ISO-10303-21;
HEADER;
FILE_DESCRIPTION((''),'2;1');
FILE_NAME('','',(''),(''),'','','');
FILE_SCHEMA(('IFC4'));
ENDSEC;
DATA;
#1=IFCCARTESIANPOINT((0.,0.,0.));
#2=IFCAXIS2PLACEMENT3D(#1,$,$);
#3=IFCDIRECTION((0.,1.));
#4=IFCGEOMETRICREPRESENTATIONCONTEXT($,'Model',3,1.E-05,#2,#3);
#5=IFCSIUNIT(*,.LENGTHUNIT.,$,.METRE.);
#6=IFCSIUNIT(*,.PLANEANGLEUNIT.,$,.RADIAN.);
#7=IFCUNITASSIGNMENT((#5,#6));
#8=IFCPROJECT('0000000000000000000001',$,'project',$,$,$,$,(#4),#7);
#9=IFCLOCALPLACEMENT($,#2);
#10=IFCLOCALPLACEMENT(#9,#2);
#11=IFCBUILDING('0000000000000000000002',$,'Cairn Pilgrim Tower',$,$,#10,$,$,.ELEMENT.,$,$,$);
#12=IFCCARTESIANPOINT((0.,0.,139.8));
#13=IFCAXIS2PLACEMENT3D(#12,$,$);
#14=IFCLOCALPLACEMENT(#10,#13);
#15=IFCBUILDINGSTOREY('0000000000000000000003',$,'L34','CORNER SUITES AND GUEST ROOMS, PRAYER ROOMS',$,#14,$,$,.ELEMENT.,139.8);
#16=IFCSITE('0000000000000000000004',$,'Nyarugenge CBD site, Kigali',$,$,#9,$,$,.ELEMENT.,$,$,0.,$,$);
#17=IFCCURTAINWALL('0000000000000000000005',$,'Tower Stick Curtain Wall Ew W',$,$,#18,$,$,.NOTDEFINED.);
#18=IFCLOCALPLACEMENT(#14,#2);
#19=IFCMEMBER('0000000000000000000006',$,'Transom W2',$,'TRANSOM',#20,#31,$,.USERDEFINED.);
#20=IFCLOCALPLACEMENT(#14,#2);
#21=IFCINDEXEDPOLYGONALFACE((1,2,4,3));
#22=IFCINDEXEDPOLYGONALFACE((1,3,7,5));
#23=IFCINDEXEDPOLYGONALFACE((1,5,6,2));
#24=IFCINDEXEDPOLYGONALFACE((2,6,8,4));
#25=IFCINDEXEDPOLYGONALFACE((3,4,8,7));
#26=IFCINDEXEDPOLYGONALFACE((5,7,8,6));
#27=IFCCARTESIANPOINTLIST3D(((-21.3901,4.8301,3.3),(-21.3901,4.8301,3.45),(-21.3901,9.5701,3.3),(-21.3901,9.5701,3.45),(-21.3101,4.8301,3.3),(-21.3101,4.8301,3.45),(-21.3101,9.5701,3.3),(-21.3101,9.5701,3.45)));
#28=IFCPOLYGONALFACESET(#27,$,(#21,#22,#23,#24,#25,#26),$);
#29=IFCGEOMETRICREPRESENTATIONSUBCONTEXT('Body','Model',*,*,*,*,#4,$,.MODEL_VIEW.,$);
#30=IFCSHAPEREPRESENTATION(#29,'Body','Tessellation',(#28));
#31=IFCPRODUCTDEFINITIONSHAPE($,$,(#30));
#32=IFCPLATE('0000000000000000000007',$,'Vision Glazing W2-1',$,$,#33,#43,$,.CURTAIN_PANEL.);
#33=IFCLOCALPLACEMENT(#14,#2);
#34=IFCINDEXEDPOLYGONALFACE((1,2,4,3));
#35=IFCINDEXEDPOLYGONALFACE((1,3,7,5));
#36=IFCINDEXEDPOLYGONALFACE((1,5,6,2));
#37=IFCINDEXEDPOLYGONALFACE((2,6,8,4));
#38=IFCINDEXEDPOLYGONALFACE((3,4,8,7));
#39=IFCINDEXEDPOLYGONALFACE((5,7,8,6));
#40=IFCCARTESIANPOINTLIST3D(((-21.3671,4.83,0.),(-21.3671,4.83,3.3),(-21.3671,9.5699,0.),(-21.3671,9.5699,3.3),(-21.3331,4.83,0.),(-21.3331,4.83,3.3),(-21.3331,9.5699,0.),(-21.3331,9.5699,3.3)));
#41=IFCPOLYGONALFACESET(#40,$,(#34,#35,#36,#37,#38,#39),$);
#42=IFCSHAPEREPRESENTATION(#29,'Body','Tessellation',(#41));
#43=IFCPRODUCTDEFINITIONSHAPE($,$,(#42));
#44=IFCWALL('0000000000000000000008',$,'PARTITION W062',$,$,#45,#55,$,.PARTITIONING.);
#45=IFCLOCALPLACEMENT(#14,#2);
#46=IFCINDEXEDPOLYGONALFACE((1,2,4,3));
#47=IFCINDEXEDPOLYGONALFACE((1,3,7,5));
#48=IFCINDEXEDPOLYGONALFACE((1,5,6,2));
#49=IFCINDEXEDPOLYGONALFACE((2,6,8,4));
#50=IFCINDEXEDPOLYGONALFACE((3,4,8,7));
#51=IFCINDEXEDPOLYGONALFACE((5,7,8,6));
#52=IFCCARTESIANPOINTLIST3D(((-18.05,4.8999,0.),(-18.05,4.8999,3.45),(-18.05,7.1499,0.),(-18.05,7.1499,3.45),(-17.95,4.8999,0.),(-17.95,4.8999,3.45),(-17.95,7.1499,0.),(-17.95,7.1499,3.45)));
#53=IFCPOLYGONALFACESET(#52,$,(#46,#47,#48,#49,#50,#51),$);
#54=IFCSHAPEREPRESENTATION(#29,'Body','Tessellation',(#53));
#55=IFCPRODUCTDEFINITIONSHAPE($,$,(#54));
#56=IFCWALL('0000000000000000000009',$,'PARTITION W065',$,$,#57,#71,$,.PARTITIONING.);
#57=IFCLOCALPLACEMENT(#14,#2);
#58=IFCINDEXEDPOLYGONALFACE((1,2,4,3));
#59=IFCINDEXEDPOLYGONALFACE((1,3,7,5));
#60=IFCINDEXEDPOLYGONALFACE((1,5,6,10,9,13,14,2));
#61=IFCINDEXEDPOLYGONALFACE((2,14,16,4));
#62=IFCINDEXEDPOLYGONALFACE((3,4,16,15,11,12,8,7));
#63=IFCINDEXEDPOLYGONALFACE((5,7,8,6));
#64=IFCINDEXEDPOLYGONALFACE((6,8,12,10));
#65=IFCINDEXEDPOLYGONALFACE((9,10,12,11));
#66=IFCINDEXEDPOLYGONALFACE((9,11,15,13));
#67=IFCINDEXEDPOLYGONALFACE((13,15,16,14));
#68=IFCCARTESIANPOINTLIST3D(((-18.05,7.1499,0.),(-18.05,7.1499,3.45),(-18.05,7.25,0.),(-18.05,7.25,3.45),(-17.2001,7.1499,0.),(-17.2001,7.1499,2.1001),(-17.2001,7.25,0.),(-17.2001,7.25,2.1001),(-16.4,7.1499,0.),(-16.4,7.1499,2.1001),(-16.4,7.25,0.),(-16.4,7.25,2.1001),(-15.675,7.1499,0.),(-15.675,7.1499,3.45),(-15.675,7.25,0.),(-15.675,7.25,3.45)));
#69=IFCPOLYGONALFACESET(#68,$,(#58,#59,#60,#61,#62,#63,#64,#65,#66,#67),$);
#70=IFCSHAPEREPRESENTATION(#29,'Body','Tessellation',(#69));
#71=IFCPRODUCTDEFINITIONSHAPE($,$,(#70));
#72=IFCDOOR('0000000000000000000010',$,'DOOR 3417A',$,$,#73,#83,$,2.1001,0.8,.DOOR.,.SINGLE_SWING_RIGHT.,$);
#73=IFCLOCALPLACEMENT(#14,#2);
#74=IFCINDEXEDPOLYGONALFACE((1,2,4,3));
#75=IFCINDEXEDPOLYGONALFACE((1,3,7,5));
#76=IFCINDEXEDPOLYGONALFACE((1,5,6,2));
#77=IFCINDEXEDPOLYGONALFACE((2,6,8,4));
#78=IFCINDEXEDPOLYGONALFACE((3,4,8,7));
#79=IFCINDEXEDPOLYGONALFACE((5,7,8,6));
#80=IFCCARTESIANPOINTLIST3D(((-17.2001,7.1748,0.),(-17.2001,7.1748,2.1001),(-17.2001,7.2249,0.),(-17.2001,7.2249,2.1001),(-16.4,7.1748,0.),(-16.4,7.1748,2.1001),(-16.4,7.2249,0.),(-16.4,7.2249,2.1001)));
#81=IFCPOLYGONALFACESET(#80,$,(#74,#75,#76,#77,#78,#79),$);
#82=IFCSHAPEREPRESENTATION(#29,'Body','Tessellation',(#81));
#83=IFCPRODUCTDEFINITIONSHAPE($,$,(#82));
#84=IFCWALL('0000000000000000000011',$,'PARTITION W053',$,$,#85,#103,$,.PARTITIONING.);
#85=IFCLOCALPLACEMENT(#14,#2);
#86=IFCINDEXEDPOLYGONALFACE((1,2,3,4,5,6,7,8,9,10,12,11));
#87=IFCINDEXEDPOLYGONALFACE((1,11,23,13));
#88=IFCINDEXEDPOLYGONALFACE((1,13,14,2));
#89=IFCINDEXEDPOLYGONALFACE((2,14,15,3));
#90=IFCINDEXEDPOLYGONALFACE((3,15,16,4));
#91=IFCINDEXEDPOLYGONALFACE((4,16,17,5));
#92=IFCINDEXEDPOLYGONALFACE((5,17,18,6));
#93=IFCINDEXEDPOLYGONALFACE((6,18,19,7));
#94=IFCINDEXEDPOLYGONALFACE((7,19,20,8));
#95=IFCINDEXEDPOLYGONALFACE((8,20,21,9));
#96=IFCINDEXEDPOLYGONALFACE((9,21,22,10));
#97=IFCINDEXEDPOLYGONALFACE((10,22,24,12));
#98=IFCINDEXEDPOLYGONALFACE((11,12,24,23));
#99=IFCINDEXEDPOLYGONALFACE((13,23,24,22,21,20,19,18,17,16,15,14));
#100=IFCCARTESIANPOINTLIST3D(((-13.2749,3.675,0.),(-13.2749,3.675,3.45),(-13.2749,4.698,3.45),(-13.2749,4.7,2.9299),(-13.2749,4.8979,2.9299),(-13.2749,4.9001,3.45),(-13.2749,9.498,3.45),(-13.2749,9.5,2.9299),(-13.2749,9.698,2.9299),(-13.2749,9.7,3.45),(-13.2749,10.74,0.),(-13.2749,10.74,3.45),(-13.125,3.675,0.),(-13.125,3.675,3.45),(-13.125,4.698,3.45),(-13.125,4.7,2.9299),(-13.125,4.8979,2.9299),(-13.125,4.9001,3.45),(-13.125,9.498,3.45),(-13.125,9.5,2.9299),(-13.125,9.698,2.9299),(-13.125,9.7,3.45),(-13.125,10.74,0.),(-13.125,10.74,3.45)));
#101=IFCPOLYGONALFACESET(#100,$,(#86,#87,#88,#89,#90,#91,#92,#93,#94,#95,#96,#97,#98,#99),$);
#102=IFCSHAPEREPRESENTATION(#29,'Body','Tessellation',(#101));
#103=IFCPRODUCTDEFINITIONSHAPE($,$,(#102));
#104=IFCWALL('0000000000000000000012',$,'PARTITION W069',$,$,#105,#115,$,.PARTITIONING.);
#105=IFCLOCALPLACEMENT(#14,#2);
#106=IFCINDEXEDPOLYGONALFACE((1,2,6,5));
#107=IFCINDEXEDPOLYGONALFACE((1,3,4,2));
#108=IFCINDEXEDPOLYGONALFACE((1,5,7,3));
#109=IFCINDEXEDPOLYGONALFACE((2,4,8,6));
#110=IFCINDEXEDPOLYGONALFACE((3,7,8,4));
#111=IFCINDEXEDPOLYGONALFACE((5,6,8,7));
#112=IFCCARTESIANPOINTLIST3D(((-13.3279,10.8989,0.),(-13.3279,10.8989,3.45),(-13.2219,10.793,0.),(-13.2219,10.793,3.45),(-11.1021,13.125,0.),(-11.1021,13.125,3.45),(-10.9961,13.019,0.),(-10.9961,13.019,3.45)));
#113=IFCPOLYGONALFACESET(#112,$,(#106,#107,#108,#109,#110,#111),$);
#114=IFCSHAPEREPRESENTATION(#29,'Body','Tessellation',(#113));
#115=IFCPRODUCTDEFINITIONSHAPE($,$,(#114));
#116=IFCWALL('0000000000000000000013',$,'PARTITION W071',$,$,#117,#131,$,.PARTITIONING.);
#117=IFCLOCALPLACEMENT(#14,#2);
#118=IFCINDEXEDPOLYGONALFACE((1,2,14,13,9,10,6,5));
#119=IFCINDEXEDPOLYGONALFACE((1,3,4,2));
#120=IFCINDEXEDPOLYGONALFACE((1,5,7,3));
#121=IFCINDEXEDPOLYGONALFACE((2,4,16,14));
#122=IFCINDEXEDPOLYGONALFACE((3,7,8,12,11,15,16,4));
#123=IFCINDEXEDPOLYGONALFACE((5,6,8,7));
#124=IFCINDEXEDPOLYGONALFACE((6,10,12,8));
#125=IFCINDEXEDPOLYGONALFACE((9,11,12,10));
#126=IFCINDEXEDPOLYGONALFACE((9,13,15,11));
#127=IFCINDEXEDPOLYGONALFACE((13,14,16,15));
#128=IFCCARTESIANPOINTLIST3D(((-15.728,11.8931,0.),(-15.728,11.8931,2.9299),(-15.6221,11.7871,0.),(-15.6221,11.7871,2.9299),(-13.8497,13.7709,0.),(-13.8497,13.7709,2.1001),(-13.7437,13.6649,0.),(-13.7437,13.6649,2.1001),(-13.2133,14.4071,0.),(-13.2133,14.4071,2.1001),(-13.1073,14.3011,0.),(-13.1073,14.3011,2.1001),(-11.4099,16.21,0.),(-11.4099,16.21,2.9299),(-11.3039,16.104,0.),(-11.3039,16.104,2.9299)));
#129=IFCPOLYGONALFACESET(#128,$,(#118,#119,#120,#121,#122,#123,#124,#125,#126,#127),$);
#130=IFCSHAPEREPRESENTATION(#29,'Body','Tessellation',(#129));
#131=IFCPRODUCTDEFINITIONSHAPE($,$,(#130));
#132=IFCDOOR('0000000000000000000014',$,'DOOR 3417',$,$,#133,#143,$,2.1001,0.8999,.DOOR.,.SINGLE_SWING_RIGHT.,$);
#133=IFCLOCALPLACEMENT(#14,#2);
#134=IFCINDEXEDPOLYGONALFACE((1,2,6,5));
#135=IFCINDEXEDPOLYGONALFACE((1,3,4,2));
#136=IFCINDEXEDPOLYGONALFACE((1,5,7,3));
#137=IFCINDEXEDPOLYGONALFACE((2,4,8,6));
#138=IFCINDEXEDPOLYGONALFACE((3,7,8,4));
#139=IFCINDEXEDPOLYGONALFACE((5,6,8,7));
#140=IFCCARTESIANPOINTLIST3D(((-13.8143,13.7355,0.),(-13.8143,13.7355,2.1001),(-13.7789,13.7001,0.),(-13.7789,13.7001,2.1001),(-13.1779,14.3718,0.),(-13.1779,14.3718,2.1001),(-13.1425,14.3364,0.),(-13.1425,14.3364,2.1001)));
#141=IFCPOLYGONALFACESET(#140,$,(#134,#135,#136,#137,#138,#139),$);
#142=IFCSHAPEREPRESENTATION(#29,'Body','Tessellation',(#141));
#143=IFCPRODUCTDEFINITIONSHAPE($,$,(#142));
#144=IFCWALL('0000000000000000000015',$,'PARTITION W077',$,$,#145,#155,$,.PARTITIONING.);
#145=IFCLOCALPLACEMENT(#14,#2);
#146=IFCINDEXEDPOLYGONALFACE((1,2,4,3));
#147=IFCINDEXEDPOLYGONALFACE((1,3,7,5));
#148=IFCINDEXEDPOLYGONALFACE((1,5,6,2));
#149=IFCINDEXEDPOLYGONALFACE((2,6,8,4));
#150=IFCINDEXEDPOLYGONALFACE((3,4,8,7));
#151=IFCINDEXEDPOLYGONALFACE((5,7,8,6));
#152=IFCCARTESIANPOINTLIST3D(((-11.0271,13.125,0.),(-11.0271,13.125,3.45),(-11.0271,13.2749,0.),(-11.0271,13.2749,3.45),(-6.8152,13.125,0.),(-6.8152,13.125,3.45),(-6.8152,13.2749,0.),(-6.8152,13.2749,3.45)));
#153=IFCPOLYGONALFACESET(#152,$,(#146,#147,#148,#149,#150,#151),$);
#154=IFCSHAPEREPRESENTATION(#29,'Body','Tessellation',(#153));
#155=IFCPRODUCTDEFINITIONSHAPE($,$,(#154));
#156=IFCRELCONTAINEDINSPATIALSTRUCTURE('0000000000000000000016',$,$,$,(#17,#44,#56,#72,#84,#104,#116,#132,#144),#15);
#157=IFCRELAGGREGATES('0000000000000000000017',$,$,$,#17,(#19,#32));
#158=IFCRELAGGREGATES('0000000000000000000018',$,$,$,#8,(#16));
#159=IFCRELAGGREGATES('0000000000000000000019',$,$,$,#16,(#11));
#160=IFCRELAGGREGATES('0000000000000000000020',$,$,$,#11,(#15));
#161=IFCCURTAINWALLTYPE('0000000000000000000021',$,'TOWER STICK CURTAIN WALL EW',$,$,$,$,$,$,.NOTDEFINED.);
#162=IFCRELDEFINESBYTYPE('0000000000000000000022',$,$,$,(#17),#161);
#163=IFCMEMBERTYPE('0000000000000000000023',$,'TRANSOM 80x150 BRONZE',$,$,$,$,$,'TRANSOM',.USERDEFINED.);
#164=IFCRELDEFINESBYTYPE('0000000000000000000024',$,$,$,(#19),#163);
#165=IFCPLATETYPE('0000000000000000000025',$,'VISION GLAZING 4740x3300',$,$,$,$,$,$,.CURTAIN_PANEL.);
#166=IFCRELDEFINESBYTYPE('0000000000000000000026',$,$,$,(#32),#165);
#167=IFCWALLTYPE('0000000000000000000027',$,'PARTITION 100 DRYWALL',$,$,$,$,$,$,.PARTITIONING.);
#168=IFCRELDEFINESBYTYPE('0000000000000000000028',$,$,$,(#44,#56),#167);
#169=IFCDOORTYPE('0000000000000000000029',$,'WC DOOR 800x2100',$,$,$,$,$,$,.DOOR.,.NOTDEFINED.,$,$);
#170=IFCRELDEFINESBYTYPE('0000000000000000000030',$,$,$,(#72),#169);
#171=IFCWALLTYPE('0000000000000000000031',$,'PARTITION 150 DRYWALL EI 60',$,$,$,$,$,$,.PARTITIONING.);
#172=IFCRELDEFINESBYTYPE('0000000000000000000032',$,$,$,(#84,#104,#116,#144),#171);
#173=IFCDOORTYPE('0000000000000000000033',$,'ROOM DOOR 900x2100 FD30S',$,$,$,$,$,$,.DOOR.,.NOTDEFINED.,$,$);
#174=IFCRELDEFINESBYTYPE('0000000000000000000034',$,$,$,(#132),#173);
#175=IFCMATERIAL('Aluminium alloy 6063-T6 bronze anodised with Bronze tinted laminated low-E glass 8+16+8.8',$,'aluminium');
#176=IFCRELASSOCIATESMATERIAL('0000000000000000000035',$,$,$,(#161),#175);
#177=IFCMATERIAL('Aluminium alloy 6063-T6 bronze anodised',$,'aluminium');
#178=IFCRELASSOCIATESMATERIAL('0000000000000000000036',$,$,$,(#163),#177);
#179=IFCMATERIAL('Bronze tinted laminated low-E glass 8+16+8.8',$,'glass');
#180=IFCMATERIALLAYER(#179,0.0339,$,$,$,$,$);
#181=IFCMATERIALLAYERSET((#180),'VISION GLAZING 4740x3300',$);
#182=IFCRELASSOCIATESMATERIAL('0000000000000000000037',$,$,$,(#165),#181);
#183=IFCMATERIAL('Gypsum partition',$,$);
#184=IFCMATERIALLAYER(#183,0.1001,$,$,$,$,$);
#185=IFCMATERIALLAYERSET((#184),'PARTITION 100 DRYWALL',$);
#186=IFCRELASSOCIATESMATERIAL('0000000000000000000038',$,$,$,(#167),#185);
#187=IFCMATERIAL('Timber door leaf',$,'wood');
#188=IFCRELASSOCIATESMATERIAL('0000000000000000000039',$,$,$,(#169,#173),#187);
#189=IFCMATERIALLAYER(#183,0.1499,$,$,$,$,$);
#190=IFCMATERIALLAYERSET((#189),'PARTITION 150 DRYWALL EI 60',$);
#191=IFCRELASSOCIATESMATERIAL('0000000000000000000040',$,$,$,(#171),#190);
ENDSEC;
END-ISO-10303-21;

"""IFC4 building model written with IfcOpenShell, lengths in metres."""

from ifc_helpers import new_model, si_unit, direction, frame, frame_2d, origin, origin_2d, place, context, subcontext, project, spatial, polyline, rectangle, outline, extrude, material, layer, layer_set, material_profile, profile_set, type_object, element, fill, aggregate, save


model = new_model("IFC4")

# Units and contexts
model_context = context("Model", 3, precision=1e-05, world=origin(), true_north=direction((0.0, 1.0)))
body_context = subcontext(model_context, "Body", "Model", "MODEL_VIEW")
ifc_project = project(units=[si_unit("LENGTHUNIT", "METRE"), si_unit("PLANEANGLEUNIT", "RADIAN")], contexts=[model_context])

# Site, building, storey
site_placement = place(None, origin())
site = spatial("IfcSite", under=ifc_project, at=site_placement, Name="Nyarugenge CBD site, Kigali", CompositionType="ELEMENT", RefElevation=0.0)
building_placement = place(site_placement, origin())
building = spatial("IfcBuilding", under=site, at=building_placement, Name="Cairn Pilgrim Tower", CompositionType="ELEMENT")
storey_placement = place(building_placement, frame((0.0, 0.0, 139.8)))
storey = spatial("IfcBuildingStorey", under=building, at=storey_placement, Name="L34", Description="CORNER SUITES AND GUEST ROOMS, PRAYER ROOMS", CompositionType="ELEMENT", Elevation=139.8)

# Curtain wall
ifc_material_1 = material(Name="Aluminium alloy 6063-T6 bronze anodised with Bronze tinted laminated low-E glass 8+16+8.8", Category="aluminium")
curtain_wall_type = type_object("IfcCurtainWallType", Name="TOWER STICK CURTAIN WALL EW", PredefinedType="NOTDEFINED", material=ifc_material_1)
curtain_wall_placement = place(storey_placement, origin())
curtain_wall = element("IfcCurtainWall", 1, at=curtain_wall_placement, inside=storey, type_object=curtain_wall_type, Name="Tower Stick Curtain Wall Ew W", PredefinedType="NOTDEFINED")
ifc_material_2 = material(Name="Aluminium alloy 6063-T6 bronze anodised", Category="aluminium")

# Member
ifc_material_profile_1 = material_profile(ifc_material_2, rectangle(XDim=0.0801, YDim=0.1499, at=origin_2d()), Name="TRANSOM 80x150 BRONZE")
ifc_profile_set_1 = profile_set([ifc_material_profile_1], Name="Aluminium alloy 6063-T6 bronze anodised")
member_type_1 = type_object("IfcMemberType", Name="TRANSOM 80x150 BRONZE", ElementType="TRANSOM", PredefinedType="USERDEFINED", material=ifc_profile_set_1)
member_1_placement = place(storey_placement, frame((-21.3501, 9.5701, 3.375), z_axis=(0.0, -1.0, 0.0), x_axis=(1.0, 0.0, 0.0)))
member_1 = element("IfcMember", 2, at=member_1_placement, type_object=member_type_1, Name="Transom W2", ObjectType="TRANSOM", PredefinedType="USERDEFINED", context=body_context, shape_type="SweptSolid", body=[
    extrude(rectangle(XDim=0.0801, YDim=0.1499, at=origin_2d()), origin(), (0.0, 0.0, 1.0), 4.74),
])

# Plate
ifc_material_3 = material(Name="Bronze tinted laminated low-E glass 8+16+8.8", Category="glass")
ifc_layer_1 = layer(ifc_material_3, 0.0339)
ifc_layer_set_1 = layer_set([ifc_layer_1], Name="VISION GLAZING 4740x3300")
plate_type = type_object("IfcPlateType", Name="VISION GLAZING 4740x3300", PredefinedType="CURTAIN_PANEL", material=ifc_layer_set_1)
plate_placement = place(storey_placement, frame((-21.3501, 7.2, 0.0), z_axis=(0.0, 0.0, 1.0), x_axis=(0.0, -1.0, 0.0)))
plate = element("IfcPlate", 3, at=plate_placement, type_object=plate_type, Name="Vision Glazing W2-1", PredefinedType="CURTAIN_PANEL", context=body_context, shape_type="SweptSolid", body=[
    extrude(rectangle(XDim=4.74, YDim=0.0339, at=origin_2d()), origin(), (0.0, 0.0, 1.0), 3.3),
])
aggregate(curtain_wall, [member_1, plate])

# Wall
ifc_material_4 = material(Name="Gypsum partition")
ifc_layer_2 = layer(ifc_material_4, 0.1001)
ifc_layer_set_2 = layer_set([ifc_layer_2], Name="PARTITION 100 DRYWALL")
wall_type_1 = type_object("IfcWallType", Name="PARTITION 100 DRYWALL", PredefinedType="PARTITIONING", material=ifc_layer_set_2)
wall_1_placement = place(storey_placement, frame((-18.0, 4.8999, 0.0), z_axis=(0.0, 0.0, 1.0), x_axis=(0.0, 1.0, 0.0)))
element("IfcWall", 4, at=wall_1_placement, inside=storey, type_object=wall_type_1, Name="PARTITION W062", PredefinedType="PARTITIONING", context=body_context, shape_type="SweptSolid", body=[
    extrude(rectangle(XDim=2.25, YDim=0.1001, at=frame_2d((1.125, 0.0))), origin(), (0.0, 0.0, 1.0), 3.45),
])

# Wall, opening, door
wall_2_placement = place(storey_placement, frame((-18.05, 7.2, 0.0), z_axis=(0.0, 0.0, 1.0), x_axis=(1.0, 0.0, 0.0)))
wall_2 = element("IfcWall", 5, at=wall_2_placement, inside=storey, type_object=wall_type_1, Name="PARTITION W065", PredefinedType="PARTITIONING", context=body_context, shape_type="SweptSolid", body=[
    extrude(rectangle(XDim=2.375, YDim=0.1001, at=frame_2d((1.1875, 0.0))), origin(), (0.0, 0.0, 1.0), 3.45),
])
opening_1_placement = place(wall_2_placement, frame((0.8501, 0.0, 0.0)))
opening_1 = element("IfcOpeningElement", 6, at=opening_1_placement, cuts=wall_2, PredefinedType="OPENING", context=body_context, shape_type="SweptSolid", body=[
    extrude(rectangle(XDim=0.8, YDim=2.1001, at=frame_2d((0.3999, 1.05))), frame((0.0, 0.0601, 0.0), z_axis=(0.0, -1.0, 0.0), x_axis=(1.0, 0.0, 0.0)), (0.0, 0.0, 1.0), 0.1201),
])
ifc_material_5 = material(Name="Timber door leaf", Category="wood")
door_type_1 = type_object("IfcDoorType", Name="WC DOOR 800x2100", OperationType="NOTDEFINED", PredefinedType="DOOR", material=ifc_material_5)
door_1_placement = place(opening_1_placement, origin())
door_1 = element("IfcDoor", 7, at=door_1_placement, inside=storey, type_object=door_type_1, Name="DOOR 3417A", OperationType="SINGLE_SWING_RIGHT", OverallHeight=2.1001, OverallWidth=0.8, PredefinedType="DOOR", context=body_context, shape_type="SweptSolid", body=[
    extrude(rectangle(XDim=0.8, YDim=2.1001, at=frame_2d((0.3999, 1.05))), frame((0.0, 0.0249, 0.0), z_axis=(0.0, -1.0, 0.0), x_axis=(1.0, 0.0, 0.0)), (0.0, 0.0, 1.0), 0.05),
])
fill(opening_1, door_1)

# Walls
ifc_layer_3 = layer(ifc_material_4, 0.1499)
ifc_layer_set_3 = layer_set([ifc_layer_3], Name="PARTITION 150 DRYWALL EI 60")
wall_type_2 = type_object("IfcWallType", Name="PARTITION 150 DRYWALL EI 60", PredefinedType="PARTITIONING", material=ifc_layer_set_3)
wall_3_placement = place(storey_placement, frame((-13.2, 3.675, 0.0), z_axis=(0.0, 0.0, 1.0), x_axis=(0.0, 1.0, 0.0)))
element("IfcWall", 8, at=wall_3_placement, inside=storey, type_object=wall_type_2, Name="PARTITION W053", PredefinedType="PARTITIONING", context=body_context, shape_type="SweptSolid", body=[
    extrude(outline(polyline([(0.0, 0.0), (7.0649, 0.0), (7.0649, 3.45), (6.0249, 3.45), (6.0229, 2.9299), (5.825, 2.9299), (5.823, 3.45), (1.2251, 3.45), (1.2229, 2.9299), (1.0249, 2.9299), (1.0229, 3.45), (0.0, 3.45), (0.0, 0.0)])), frame((0.0, 0.075, 0.0), z_axis=(0.0, -1.0, 0.0), x_axis=(1.0, 0.0, 0.0)), (0.0, 0.0, 1.0), 0.1499),
])
wall_4_placement = place(storey_placement, frame((-13.2749, 10.8459, 0.0), z_axis=(0.0, 0.0, 1.0), x_axis=(0.707068, 0.707146, 0.0)))
element("IfcWall", 9, at=wall_4_placement, inside=storey, type_object=wall_type_2, Name="PARTITION W069", PredefinedType="PARTITIONING", context=body_context, shape_type="SweptSolid", body=[
    extrude(rectangle(XDim=3.1479, YDim=0.1499, at=frame_2d((1.574, 0.0))), origin(), (0.0, 0.0, 1.0), 3.45),
])

# Wall, opening, door
wall_5_placement = place(storey_placement, frame((-15.675, 11.8401, 0.0), z_axis=(0.0, 0.0, 1.0), x_axis=(0.707207, 0.707007, 0.0)))
wall_5 = element("IfcWall", 10, at=wall_5_placement, inside=storey, type_object=wall_type_2, Name="PARTITION W071", PredefinedType="PARTITIONING", context=body_context, shape_type="SweptSolid", body=[
    extrude(rectangle(XDim=6.106, YDim=0.1499, at=frame_2d((3.053, 0.0))), origin(), (0.0, 0.0, 1.0), 2.9299),
])
opening_2_placement = place(wall_5_placement, frame((2.656, 0.0, 0.0)))
opening_2 = element("IfcOpeningElement", 11, at=opening_2_placement, cuts=wall_5, PredefinedType="OPENING", context=body_context, shape_type="SweptSolid", body=[
    extrude(rectangle(XDim=0.8999, YDim=2.1001, at=frame_2d((0.45, 1.05))), frame((0.0, 0.085, 0.0), z_axis=(0.0, -1.0, 0.0), x_axis=(1.0, 0.0, 0.0)), (0.0, 0.0, 1.0), 0.1699),
])
door_type_2 = type_object("IfcDoorType", Name="ROOM DOOR 900x2100 FD30S", OperationType="NOTDEFINED", PredefinedType="DOOR", material=ifc_material_5)
door_2_placement = place(opening_2_placement, origin())
door_2 = element("IfcDoor", 12, at=door_2_placement, inside=storey, type_object=door_type_2, Name="DOOR 3417", OperationType="SINGLE_SWING_RIGHT", OverallHeight=2.1001, OverallWidth=0.8999, PredefinedType="DOOR", context=body_context, shape_type="SweptSolid", body=[
    extrude(rectangle(XDim=0.8999, YDim=2.1001, at=frame_2d((0.45, 1.05))), frame((0.0, 0.0249, 0.0), z_axis=(0.0, -1.0, 0.0), x_axis=(1.0, 0.0, 0.0)), (0.0, 0.0, 1.0), 0.05),
])
fill(opening_2, door_2)

# Wall
wall_6_placement = place(storey_placement, frame((-11.0271, 13.2, 0.0), z_axis=(0.0, 0.0, 1.0), x_axis=(1.0, 0.0, 0.0)))
element("IfcWall", 13, at=wall_6_placement, inside=storey, type_object=wall_type_2, Name="PARTITION W077", PredefinedType="PARTITIONING", context=body_context, shape_type="SweptSolid", body=[
    extrude(rectangle(XDim=4.2119, YDim=0.1499, at=frame_2d((2.106, 0.0))), origin(), (0.0, 0.0, 1.0), 3.45),
])

save(model, "model.ifc")
